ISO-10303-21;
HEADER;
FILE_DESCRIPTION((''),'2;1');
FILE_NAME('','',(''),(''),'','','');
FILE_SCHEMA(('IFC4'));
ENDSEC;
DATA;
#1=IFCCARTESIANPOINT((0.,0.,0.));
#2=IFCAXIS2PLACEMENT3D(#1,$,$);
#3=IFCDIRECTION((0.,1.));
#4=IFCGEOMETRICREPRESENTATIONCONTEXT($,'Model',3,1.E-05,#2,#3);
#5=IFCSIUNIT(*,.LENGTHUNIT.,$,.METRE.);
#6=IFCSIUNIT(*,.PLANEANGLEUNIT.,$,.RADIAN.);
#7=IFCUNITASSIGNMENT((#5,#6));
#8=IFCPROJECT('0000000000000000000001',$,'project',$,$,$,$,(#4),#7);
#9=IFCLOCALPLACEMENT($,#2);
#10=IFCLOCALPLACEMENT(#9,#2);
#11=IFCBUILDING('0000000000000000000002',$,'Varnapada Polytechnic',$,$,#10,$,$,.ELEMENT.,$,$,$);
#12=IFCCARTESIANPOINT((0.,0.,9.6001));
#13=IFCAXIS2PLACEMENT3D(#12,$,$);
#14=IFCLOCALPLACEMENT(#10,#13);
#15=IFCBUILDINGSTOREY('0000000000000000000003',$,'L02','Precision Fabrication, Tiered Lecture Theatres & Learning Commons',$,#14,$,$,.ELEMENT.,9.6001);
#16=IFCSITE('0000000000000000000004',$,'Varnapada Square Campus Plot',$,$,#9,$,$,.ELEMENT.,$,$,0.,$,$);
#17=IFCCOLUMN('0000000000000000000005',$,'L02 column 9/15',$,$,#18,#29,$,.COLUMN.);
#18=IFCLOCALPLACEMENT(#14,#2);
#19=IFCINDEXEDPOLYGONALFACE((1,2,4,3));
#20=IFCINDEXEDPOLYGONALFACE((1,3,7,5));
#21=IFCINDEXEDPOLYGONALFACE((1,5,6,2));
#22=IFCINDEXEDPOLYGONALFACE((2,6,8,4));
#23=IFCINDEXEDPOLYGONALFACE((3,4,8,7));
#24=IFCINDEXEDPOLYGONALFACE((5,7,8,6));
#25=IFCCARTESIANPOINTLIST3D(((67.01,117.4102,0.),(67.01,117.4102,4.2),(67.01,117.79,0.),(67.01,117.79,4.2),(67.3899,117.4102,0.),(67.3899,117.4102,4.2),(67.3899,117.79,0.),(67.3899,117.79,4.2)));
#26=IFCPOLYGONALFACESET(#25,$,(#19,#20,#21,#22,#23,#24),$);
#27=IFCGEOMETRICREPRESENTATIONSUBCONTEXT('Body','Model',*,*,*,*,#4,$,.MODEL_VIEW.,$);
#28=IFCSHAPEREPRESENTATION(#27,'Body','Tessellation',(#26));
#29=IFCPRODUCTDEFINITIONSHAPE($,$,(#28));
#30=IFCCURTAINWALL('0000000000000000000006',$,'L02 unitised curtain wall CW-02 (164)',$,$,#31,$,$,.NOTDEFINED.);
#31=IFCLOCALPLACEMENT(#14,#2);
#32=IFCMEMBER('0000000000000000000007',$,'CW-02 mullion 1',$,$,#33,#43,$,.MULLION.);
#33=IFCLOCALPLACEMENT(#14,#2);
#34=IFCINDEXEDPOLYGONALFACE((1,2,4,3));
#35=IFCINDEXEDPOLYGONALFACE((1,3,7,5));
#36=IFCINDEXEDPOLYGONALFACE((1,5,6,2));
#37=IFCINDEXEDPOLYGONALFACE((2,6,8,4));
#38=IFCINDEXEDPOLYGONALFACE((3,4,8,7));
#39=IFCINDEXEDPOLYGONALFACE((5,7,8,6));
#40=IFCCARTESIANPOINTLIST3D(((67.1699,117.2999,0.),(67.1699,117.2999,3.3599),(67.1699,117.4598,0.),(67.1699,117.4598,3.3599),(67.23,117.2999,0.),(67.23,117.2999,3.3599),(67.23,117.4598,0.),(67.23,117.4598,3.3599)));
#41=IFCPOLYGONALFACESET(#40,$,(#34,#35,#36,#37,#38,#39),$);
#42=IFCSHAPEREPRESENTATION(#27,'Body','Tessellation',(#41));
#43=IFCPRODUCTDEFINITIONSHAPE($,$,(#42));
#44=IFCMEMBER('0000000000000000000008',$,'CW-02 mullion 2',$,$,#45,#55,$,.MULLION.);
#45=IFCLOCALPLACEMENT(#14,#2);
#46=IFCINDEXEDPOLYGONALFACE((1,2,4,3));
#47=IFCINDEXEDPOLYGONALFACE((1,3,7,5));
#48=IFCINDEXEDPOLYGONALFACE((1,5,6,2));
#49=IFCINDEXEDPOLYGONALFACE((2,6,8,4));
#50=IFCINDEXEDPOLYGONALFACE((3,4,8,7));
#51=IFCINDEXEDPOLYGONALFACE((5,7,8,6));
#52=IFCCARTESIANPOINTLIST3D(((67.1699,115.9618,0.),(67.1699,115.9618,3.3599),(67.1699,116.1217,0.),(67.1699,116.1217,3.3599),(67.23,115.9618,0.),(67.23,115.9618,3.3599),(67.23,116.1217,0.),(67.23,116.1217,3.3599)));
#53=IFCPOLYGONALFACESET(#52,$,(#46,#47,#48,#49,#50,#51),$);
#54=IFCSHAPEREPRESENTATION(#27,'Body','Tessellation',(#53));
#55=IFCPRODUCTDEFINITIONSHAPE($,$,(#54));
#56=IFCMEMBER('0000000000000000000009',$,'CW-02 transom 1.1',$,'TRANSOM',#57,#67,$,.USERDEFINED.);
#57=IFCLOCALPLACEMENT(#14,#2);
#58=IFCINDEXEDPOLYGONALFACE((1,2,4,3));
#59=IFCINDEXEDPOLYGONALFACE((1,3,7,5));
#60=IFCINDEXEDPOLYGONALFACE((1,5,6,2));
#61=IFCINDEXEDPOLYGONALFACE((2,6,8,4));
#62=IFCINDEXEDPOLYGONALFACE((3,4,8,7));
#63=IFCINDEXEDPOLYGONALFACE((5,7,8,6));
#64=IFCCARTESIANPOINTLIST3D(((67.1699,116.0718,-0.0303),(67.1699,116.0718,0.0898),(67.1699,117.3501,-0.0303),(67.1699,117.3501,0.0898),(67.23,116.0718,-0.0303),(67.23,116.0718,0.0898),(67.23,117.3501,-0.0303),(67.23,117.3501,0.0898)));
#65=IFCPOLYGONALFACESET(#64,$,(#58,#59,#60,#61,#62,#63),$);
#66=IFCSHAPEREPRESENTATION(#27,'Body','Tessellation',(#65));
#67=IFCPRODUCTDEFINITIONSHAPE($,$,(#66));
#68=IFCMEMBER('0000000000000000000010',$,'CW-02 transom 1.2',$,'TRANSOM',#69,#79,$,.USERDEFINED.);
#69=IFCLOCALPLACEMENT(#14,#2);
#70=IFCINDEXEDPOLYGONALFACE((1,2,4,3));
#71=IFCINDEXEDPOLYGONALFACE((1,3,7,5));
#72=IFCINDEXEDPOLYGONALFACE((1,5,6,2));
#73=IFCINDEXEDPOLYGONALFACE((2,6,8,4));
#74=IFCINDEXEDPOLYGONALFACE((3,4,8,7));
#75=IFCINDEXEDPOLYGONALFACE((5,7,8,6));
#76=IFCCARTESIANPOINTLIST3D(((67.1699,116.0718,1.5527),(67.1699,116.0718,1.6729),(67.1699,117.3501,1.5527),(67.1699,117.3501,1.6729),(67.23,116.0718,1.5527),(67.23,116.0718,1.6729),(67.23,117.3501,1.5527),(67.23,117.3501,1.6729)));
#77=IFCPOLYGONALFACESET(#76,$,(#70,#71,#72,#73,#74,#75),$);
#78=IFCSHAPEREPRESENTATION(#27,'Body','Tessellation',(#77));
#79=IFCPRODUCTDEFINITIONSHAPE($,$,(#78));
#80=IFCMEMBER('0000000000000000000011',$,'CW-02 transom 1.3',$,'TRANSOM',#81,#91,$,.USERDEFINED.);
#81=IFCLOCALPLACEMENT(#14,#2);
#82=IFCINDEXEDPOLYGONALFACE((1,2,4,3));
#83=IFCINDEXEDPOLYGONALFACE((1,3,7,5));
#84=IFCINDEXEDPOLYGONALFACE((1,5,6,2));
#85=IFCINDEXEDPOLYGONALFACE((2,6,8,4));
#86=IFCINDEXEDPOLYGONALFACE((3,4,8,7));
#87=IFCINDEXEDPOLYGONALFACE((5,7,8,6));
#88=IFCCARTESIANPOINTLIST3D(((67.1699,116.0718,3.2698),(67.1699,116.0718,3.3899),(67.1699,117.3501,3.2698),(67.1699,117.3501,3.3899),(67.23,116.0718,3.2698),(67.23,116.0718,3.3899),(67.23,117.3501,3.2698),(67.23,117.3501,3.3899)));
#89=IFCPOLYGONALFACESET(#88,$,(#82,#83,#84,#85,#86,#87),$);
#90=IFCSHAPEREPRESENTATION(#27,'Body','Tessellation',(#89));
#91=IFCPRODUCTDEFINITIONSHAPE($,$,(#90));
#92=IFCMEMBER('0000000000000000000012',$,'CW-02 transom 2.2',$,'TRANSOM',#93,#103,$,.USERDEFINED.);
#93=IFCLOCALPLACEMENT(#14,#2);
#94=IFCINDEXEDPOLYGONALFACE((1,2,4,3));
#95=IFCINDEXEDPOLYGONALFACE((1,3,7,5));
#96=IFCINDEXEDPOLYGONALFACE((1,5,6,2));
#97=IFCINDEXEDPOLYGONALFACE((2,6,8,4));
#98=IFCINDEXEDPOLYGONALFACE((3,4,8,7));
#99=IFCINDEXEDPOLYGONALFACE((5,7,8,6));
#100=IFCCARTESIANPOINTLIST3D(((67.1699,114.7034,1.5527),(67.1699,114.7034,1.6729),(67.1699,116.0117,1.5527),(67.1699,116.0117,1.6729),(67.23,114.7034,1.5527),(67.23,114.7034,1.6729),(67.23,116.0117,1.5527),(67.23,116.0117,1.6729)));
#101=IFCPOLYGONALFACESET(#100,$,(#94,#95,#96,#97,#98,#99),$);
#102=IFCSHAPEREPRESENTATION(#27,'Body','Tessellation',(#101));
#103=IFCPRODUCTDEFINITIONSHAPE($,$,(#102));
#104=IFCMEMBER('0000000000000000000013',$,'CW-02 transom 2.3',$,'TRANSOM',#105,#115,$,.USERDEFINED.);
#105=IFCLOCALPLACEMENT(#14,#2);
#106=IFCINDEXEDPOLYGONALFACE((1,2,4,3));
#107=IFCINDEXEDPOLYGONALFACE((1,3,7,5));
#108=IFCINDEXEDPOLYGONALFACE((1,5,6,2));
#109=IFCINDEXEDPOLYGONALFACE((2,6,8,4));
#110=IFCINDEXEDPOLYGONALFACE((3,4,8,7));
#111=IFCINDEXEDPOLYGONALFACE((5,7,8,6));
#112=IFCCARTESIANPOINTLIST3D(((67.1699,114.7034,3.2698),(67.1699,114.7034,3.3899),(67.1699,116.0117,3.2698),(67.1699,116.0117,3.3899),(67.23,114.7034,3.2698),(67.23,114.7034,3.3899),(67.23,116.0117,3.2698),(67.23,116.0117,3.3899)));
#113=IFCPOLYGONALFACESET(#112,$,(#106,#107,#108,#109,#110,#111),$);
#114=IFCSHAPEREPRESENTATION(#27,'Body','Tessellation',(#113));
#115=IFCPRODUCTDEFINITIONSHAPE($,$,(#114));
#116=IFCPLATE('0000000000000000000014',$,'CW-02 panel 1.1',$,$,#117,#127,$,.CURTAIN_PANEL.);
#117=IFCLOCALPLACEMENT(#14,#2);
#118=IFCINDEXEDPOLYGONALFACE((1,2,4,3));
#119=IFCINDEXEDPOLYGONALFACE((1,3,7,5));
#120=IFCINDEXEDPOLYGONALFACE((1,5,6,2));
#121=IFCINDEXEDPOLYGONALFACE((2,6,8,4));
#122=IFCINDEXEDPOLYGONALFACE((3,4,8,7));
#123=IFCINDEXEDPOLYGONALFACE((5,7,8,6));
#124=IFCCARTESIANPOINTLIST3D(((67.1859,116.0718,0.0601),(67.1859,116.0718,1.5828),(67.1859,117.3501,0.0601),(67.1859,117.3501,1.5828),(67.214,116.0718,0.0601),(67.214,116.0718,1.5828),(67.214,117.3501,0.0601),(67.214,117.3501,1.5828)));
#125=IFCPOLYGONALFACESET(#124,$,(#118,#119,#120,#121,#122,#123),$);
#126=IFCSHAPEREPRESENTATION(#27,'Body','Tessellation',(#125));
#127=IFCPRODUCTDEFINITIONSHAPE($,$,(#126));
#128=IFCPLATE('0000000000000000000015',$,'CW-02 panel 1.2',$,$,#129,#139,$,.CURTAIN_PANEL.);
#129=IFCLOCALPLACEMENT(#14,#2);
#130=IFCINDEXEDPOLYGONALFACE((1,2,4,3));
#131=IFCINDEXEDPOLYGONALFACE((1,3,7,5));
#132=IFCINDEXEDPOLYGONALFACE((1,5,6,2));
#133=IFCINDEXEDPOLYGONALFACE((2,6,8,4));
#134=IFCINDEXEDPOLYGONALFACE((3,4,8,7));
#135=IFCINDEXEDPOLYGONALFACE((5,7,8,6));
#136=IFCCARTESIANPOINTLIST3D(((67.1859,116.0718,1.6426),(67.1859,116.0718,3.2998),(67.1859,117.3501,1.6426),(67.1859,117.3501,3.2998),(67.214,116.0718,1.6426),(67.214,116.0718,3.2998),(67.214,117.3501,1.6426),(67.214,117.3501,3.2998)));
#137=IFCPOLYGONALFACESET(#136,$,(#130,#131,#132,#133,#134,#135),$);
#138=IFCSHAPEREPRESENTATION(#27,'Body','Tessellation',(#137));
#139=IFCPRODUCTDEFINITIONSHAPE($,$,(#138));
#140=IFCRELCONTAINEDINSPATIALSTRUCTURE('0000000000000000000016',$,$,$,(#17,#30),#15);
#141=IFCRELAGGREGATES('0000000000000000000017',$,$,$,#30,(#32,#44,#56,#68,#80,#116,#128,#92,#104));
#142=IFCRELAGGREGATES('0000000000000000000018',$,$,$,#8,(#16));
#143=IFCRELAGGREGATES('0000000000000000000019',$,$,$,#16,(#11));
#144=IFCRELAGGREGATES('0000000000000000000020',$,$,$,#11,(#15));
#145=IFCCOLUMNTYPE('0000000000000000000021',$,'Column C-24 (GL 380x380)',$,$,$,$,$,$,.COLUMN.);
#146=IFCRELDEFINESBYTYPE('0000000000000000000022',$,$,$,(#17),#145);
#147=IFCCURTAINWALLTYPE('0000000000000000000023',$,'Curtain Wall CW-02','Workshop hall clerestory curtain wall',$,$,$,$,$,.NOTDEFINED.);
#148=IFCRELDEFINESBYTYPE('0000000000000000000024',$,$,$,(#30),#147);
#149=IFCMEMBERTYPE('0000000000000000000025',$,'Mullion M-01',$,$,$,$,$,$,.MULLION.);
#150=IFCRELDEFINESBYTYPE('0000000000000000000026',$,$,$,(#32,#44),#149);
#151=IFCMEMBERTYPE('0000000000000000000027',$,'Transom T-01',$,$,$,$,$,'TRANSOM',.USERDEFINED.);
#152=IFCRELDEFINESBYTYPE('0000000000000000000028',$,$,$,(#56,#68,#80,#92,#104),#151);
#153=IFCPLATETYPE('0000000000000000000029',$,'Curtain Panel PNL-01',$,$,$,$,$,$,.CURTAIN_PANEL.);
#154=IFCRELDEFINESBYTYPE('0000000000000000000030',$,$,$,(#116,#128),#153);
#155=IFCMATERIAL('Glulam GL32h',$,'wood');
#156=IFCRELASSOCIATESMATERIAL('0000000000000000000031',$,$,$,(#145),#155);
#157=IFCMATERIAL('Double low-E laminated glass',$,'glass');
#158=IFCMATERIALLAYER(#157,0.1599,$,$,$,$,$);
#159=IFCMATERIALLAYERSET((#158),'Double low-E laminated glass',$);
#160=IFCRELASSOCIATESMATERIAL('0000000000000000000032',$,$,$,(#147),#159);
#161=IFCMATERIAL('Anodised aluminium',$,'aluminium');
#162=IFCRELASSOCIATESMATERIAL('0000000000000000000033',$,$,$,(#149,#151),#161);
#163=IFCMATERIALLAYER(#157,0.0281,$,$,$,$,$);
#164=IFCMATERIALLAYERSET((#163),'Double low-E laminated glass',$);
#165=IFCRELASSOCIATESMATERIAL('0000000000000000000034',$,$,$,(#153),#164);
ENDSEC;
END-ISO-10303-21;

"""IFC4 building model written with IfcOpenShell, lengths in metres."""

from ifc_helpers import new_model, si_unit, direction, frame, origin, origin_2d, place, context, subcontext, project, spatial, rectangle, extrude, material, layer, layer_set, material_profile, profile_set, type_object, element, aggregate, save


model = new_model("IFC4")

# Units and contexts
model_context = context("Model", 3, precision=1e-05, world=origin(), true_north=direction((0.0, 1.0)))
body_context = subcontext(model_context, "Body", "Model", "MODEL_VIEW")
ifc_project = project(units=[si_unit("LENGTHUNIT", "METRE"), si_unit("PLANEANGLEUNIT", "RADIAN")], contexts=[model_context])

# Site, building, storey
site_placement = place(None, origin())
site = spatial("IfcSite", under=ifc_project, at=site_placement, Name="Varnapada Square Campus Plot", CompositionType="ELEMENT", RefElevation=0.0)
building_placement = place(site_placement, origin())
building = spatial("IfcBuilding", under=site, at=building_placement, Name="Varnapada Polytechnic", CompositionType="ELEMENT")
storey_placement = place(building_placement, frame((0.0, 0.0, 9.6001)))
storey = spatial("IfcBuildingStorey", under=building, at=storey_placement, Name="L02", Description="Precision Fabrication, Tiered Lecture Theatres & Learning Commons", CompositionType="ELEMENT", Elevation=9.6001)

# Column
ifc_material_1 = material(Name="Glulam GL32h", Category="wood")
ifc_material_profile_1 = material_profile(ifc_material_1, rectangle(XDim=0.3799, YDim=0.3799, at=origin_2d()), Name="GL 380x380")
ifc_profile_set_1 = profile_set([ifc_material_profile_1], Name="Glulam GL32h")
column_type = type_object("IfcColumnType", Name="Column C-24 (GL 380x380)", PredefinedType="COLUMN", material=ifc_profile_set_1)
column_placement = place(storey_placement, frame((67.2, 117.6001, 0.0), z_axis=(0.0, 0.0, 1.0), x_axis=(1.0, 0.0, 0.0)))
element("IfcColumn", 1, at=column_placement, inside=storey, type_object=column_type, Name="L02 column 9/15", PredefinedType="COLUMN", context=body_context, shape_type="SweptSolid", body=[
    extrude(rectangle(XDim=0.3799, YDim=0.3799, at=origin_2d()), origin(), (0.0, 0.0, 1.0), 4.2),
])

# Curtain wall, members, plates
ifc_material_2 = material(Name="Double low-E laminated glass", Category="glass")
ifc_layer_1 = layer(ifc_material_2, 0.1599)
ifc_layer_set_1 = layer_set([ifc_layer_1], Name="Double low-E laminated glass")
curtain_wall_type = type_object("IfcCurtainWallType", Name="Curtain Wall CW-02", Description="Workshop hall clerestory curtain wall", PredefinedType="NOTDEFINED", material=ifc_layer_set_1)
curtain_wall_placement = place(storey_placement, origin())
curtain_wall = element("IfcCurtainWall", 2, at=curtain_wall_placement, inside=storey, type_object=curtain_wall_type, Name="L02 unitised curtain wall CW-02 (164)", PredefinedType="NOTDEFINED")
ifc_material_3 = material(Name="Anodised aluminium", Category="aluminium")
ifc_material_profile_2 = material_profile(ifc_material_3, rectangle(XDim=0.0601, YDim=0.1599, at=origin_2d()), Name="ALU M60x160")
ifc_profile_set_2 = profile_set([ifc_material_profile_2], Name="Anodised aluminium")
member_type_1 = type_object("IfcMemberType", Name="Mullion M-01", PredefinedType="MULLION", material=ifc_profile_set_2)
member_1_placement = place(storey_placement, frame((67.2, 117.3799, 0.0), z_axis=(0.0, 0.0, 1.0), x_axis=(1.0, 0.0, 0.0)))
member_1 = element("IfcMember", 3, at=member_1_placement, type_object=member_type_1, Name="CW-02 mullion 1", PredefinedType="MULLION", context=body_context, shape_type="SweptSolid", body=[
    extrude(rectangle(XDim=0.0601, YDim=0.1599, at=origin_2d()), origin(), (0.0, 0.0, 1.0), 3.3599),
])
member_2_placement = place(storey_placement, frame((67.2, 116.0417, 0.0), z_axis=(0.0, 0.0, 1.0), x_axis=(1.0, 0.0, 0.0)))
member_2 = element("IfcMember", 4, at=member_2_placement, type_object=member_type_1, Name="CW-02 mullion 2", PredefinedType="MULLION", context=body_context, shape_type="SweptSolid", body=[
    extrude(rectangle(XDim=0.0601, YDim=0.1599, at=origin_2d()), origin(), (0.0, 0.0, 1.0), 3.3599),
])
ifc_material_profile_3 = material_profile(ifc_material_3, rectangle(XDim=0.0601, YDim=0.1201, at=origin_2d()), Name="ALU T60x120")
ifc_profile_set_3 = profile_set([ifc_material_profile_3], Name="Anodised aluminium")
member_type_2 = type_object("IfcMemberType", Name="Transom T-01", ElementType="TRANSOM", PredefinedType="USERDEFINED", material=ifc_profile_set_3)
member_3_placement = place(storey_placement, frame((67.2, 117.3501, 0.0298), z_axis=(0.0, -1.0, 0.0), x_axis=(1.0, 0.0, 0.0)))
member_3 = element("IfcMember", 5, at=member_3_placement, type_object=member_type_2, Name="CW-02 transom 1.1", ObjectType="TRANSOM", PredefinedType="USERDEFINED", context=body_context, shape_type="SweptSolid", body=[
    extrude(rectangle(XDim=0.0601, YDim=0.1201, at=origin_2d()), origin(), (0.0, 0.0, 1.0), 1.2783),
])
member_4_placement = place(storey_placement, frame((67.2, 117.3501, 1.6128), z_axis=(0.0, -1.0, 0.0), x_axis=(1.0, 0.0, 0.0)))
member_4 = element("IfcMember", 6, at=member_4_placement, type_object=member_type_2, Name="CW-02 transom 1.2", ObjectType="TRANSOM", PredefinedType="USERDEFINED", context=body_context, shape_type="SweptSolid", body=[
    extrude(rectangle(XDim=0.0601, YDim=0.1201, at=origin_2d()), origin(), (0.0, 0.0, 1.0), 1.2783),
])
member_5_placement = place(storey_placement, frame((67.2, 117.3501, 3.3298), z_axis=(0.0, -1.0, 0.0), x_axis=(1.0, 0.0, 0.0)))
member_5 = element("IfcMember", 7, at=member_5_placement, type_object=member_type_2, Name="CW-02 transom 1.3", ObjectType="TRANSOM", PredefinedType="USERDEFINED", context=body_context, shape_type="SweptSolid", body=[
    extrude(rectangle(XDim=0.0601, YDim=0.1201, at=origin_2d()), origin(), (0.0, 0.0, 1.0), 1.2783),
])
member_6_placement = place(storey_placement, frame((67.2, 116.0117, 1.6128), z_axis=(0.0, -1.0, 0.0), x_axis=(1.0, 0.0, 0.0)))
member_6 = element("IfcMember", 8, at=member_6_placement, type_object=member_type_2, Name="CW-02 transom 2.2", ObjectType="TRANSOM", PredefinedType="USERDEFINED", context=body_context, shape_type="SweptSolid", body=[
    extrude(rectangle(XDim=0.0601, YDim=0.1201, at=origin_2d()), origin(), (0.0, 0.0, 1.0), 1.3083),
])
member_7_placement = place(storey_placement, frame((67.2, 116.0117, 3.3298), z_axis=(0.0, -1.0, 0.0), x_axis=(1.0, 0.0, 0.0)))
member_7 = element("IfcMember", 9, at=member_7_placement, type_object=member_type_2, Name="CW-02 transom 2.3", ObjectType="TRANSOM", PredefinedType="USERDEFINED", context=body_context, shape_type="SweptSolid", body=[
    extrude(rectangle(XDim=0.0601, YDim=0.1201, at=origin_2d()), origin(), (0.0, 0.0, 1.0), 1.3083),
])
ifc_layer_2 = layer(ifc_material_2, 0.0281)
ifc_layer_set_2 = layer_set([ifc_layer_2], Name="Double low-E laminated glass")
plate_type = type_object("IfcPlateType", Name="Curtain Panel PNL-01", PredefinedType="CURTAIN_PANEL", material=ifc_layer_set_2)
plate_1_placement = place(storey_placement, frame((67.2, 116.7109, 0.0601), z_axis=(0.0, 0.0, 1.0), x_axis=(0.0, -1.0, 0.0)))
plate_1 = element("IfcPlate", 10, at=plate_1_placement, type_object=plate_type, Name="CW-02 panel 1.1", PredefinedType="CURTAIN_PANEL", context=body_context, shape_type="SweptSolid", body=[
    extrude(rectangle(XDim=1.2783, YDim=0.0281, at=origin_2d()), origin(), (0.0, 0.0, 1.0), 1.5227),
])
plate_2_placement = place(storey_placement, frame((67.2, 116.7109, 1.6426), z_axis=(0.0, 0.0, 1.0), x_axis=(0.0, -1.0, 0.0)))
plate_2 = element("IfcPlate", 11, at=plate_2_placement, type_object=plate_type, Name="CW-02 panel 1.2", PredefinedType="CURTAIN_PANEL", context=body_context, shape_type="SweptSolid", body=[
    extrude(rectangle(XDim=1.2783, YDim=0.0281, at=origin_2d()), origin(), (0.0, 0.0, 1.0), 1.6572),
])
aggregate(curtain_wall, [member_1, member_2, member_3, member_4, member_5, plate_1, plate_2, member_6, member_7])

save(model, "model.ifc")
